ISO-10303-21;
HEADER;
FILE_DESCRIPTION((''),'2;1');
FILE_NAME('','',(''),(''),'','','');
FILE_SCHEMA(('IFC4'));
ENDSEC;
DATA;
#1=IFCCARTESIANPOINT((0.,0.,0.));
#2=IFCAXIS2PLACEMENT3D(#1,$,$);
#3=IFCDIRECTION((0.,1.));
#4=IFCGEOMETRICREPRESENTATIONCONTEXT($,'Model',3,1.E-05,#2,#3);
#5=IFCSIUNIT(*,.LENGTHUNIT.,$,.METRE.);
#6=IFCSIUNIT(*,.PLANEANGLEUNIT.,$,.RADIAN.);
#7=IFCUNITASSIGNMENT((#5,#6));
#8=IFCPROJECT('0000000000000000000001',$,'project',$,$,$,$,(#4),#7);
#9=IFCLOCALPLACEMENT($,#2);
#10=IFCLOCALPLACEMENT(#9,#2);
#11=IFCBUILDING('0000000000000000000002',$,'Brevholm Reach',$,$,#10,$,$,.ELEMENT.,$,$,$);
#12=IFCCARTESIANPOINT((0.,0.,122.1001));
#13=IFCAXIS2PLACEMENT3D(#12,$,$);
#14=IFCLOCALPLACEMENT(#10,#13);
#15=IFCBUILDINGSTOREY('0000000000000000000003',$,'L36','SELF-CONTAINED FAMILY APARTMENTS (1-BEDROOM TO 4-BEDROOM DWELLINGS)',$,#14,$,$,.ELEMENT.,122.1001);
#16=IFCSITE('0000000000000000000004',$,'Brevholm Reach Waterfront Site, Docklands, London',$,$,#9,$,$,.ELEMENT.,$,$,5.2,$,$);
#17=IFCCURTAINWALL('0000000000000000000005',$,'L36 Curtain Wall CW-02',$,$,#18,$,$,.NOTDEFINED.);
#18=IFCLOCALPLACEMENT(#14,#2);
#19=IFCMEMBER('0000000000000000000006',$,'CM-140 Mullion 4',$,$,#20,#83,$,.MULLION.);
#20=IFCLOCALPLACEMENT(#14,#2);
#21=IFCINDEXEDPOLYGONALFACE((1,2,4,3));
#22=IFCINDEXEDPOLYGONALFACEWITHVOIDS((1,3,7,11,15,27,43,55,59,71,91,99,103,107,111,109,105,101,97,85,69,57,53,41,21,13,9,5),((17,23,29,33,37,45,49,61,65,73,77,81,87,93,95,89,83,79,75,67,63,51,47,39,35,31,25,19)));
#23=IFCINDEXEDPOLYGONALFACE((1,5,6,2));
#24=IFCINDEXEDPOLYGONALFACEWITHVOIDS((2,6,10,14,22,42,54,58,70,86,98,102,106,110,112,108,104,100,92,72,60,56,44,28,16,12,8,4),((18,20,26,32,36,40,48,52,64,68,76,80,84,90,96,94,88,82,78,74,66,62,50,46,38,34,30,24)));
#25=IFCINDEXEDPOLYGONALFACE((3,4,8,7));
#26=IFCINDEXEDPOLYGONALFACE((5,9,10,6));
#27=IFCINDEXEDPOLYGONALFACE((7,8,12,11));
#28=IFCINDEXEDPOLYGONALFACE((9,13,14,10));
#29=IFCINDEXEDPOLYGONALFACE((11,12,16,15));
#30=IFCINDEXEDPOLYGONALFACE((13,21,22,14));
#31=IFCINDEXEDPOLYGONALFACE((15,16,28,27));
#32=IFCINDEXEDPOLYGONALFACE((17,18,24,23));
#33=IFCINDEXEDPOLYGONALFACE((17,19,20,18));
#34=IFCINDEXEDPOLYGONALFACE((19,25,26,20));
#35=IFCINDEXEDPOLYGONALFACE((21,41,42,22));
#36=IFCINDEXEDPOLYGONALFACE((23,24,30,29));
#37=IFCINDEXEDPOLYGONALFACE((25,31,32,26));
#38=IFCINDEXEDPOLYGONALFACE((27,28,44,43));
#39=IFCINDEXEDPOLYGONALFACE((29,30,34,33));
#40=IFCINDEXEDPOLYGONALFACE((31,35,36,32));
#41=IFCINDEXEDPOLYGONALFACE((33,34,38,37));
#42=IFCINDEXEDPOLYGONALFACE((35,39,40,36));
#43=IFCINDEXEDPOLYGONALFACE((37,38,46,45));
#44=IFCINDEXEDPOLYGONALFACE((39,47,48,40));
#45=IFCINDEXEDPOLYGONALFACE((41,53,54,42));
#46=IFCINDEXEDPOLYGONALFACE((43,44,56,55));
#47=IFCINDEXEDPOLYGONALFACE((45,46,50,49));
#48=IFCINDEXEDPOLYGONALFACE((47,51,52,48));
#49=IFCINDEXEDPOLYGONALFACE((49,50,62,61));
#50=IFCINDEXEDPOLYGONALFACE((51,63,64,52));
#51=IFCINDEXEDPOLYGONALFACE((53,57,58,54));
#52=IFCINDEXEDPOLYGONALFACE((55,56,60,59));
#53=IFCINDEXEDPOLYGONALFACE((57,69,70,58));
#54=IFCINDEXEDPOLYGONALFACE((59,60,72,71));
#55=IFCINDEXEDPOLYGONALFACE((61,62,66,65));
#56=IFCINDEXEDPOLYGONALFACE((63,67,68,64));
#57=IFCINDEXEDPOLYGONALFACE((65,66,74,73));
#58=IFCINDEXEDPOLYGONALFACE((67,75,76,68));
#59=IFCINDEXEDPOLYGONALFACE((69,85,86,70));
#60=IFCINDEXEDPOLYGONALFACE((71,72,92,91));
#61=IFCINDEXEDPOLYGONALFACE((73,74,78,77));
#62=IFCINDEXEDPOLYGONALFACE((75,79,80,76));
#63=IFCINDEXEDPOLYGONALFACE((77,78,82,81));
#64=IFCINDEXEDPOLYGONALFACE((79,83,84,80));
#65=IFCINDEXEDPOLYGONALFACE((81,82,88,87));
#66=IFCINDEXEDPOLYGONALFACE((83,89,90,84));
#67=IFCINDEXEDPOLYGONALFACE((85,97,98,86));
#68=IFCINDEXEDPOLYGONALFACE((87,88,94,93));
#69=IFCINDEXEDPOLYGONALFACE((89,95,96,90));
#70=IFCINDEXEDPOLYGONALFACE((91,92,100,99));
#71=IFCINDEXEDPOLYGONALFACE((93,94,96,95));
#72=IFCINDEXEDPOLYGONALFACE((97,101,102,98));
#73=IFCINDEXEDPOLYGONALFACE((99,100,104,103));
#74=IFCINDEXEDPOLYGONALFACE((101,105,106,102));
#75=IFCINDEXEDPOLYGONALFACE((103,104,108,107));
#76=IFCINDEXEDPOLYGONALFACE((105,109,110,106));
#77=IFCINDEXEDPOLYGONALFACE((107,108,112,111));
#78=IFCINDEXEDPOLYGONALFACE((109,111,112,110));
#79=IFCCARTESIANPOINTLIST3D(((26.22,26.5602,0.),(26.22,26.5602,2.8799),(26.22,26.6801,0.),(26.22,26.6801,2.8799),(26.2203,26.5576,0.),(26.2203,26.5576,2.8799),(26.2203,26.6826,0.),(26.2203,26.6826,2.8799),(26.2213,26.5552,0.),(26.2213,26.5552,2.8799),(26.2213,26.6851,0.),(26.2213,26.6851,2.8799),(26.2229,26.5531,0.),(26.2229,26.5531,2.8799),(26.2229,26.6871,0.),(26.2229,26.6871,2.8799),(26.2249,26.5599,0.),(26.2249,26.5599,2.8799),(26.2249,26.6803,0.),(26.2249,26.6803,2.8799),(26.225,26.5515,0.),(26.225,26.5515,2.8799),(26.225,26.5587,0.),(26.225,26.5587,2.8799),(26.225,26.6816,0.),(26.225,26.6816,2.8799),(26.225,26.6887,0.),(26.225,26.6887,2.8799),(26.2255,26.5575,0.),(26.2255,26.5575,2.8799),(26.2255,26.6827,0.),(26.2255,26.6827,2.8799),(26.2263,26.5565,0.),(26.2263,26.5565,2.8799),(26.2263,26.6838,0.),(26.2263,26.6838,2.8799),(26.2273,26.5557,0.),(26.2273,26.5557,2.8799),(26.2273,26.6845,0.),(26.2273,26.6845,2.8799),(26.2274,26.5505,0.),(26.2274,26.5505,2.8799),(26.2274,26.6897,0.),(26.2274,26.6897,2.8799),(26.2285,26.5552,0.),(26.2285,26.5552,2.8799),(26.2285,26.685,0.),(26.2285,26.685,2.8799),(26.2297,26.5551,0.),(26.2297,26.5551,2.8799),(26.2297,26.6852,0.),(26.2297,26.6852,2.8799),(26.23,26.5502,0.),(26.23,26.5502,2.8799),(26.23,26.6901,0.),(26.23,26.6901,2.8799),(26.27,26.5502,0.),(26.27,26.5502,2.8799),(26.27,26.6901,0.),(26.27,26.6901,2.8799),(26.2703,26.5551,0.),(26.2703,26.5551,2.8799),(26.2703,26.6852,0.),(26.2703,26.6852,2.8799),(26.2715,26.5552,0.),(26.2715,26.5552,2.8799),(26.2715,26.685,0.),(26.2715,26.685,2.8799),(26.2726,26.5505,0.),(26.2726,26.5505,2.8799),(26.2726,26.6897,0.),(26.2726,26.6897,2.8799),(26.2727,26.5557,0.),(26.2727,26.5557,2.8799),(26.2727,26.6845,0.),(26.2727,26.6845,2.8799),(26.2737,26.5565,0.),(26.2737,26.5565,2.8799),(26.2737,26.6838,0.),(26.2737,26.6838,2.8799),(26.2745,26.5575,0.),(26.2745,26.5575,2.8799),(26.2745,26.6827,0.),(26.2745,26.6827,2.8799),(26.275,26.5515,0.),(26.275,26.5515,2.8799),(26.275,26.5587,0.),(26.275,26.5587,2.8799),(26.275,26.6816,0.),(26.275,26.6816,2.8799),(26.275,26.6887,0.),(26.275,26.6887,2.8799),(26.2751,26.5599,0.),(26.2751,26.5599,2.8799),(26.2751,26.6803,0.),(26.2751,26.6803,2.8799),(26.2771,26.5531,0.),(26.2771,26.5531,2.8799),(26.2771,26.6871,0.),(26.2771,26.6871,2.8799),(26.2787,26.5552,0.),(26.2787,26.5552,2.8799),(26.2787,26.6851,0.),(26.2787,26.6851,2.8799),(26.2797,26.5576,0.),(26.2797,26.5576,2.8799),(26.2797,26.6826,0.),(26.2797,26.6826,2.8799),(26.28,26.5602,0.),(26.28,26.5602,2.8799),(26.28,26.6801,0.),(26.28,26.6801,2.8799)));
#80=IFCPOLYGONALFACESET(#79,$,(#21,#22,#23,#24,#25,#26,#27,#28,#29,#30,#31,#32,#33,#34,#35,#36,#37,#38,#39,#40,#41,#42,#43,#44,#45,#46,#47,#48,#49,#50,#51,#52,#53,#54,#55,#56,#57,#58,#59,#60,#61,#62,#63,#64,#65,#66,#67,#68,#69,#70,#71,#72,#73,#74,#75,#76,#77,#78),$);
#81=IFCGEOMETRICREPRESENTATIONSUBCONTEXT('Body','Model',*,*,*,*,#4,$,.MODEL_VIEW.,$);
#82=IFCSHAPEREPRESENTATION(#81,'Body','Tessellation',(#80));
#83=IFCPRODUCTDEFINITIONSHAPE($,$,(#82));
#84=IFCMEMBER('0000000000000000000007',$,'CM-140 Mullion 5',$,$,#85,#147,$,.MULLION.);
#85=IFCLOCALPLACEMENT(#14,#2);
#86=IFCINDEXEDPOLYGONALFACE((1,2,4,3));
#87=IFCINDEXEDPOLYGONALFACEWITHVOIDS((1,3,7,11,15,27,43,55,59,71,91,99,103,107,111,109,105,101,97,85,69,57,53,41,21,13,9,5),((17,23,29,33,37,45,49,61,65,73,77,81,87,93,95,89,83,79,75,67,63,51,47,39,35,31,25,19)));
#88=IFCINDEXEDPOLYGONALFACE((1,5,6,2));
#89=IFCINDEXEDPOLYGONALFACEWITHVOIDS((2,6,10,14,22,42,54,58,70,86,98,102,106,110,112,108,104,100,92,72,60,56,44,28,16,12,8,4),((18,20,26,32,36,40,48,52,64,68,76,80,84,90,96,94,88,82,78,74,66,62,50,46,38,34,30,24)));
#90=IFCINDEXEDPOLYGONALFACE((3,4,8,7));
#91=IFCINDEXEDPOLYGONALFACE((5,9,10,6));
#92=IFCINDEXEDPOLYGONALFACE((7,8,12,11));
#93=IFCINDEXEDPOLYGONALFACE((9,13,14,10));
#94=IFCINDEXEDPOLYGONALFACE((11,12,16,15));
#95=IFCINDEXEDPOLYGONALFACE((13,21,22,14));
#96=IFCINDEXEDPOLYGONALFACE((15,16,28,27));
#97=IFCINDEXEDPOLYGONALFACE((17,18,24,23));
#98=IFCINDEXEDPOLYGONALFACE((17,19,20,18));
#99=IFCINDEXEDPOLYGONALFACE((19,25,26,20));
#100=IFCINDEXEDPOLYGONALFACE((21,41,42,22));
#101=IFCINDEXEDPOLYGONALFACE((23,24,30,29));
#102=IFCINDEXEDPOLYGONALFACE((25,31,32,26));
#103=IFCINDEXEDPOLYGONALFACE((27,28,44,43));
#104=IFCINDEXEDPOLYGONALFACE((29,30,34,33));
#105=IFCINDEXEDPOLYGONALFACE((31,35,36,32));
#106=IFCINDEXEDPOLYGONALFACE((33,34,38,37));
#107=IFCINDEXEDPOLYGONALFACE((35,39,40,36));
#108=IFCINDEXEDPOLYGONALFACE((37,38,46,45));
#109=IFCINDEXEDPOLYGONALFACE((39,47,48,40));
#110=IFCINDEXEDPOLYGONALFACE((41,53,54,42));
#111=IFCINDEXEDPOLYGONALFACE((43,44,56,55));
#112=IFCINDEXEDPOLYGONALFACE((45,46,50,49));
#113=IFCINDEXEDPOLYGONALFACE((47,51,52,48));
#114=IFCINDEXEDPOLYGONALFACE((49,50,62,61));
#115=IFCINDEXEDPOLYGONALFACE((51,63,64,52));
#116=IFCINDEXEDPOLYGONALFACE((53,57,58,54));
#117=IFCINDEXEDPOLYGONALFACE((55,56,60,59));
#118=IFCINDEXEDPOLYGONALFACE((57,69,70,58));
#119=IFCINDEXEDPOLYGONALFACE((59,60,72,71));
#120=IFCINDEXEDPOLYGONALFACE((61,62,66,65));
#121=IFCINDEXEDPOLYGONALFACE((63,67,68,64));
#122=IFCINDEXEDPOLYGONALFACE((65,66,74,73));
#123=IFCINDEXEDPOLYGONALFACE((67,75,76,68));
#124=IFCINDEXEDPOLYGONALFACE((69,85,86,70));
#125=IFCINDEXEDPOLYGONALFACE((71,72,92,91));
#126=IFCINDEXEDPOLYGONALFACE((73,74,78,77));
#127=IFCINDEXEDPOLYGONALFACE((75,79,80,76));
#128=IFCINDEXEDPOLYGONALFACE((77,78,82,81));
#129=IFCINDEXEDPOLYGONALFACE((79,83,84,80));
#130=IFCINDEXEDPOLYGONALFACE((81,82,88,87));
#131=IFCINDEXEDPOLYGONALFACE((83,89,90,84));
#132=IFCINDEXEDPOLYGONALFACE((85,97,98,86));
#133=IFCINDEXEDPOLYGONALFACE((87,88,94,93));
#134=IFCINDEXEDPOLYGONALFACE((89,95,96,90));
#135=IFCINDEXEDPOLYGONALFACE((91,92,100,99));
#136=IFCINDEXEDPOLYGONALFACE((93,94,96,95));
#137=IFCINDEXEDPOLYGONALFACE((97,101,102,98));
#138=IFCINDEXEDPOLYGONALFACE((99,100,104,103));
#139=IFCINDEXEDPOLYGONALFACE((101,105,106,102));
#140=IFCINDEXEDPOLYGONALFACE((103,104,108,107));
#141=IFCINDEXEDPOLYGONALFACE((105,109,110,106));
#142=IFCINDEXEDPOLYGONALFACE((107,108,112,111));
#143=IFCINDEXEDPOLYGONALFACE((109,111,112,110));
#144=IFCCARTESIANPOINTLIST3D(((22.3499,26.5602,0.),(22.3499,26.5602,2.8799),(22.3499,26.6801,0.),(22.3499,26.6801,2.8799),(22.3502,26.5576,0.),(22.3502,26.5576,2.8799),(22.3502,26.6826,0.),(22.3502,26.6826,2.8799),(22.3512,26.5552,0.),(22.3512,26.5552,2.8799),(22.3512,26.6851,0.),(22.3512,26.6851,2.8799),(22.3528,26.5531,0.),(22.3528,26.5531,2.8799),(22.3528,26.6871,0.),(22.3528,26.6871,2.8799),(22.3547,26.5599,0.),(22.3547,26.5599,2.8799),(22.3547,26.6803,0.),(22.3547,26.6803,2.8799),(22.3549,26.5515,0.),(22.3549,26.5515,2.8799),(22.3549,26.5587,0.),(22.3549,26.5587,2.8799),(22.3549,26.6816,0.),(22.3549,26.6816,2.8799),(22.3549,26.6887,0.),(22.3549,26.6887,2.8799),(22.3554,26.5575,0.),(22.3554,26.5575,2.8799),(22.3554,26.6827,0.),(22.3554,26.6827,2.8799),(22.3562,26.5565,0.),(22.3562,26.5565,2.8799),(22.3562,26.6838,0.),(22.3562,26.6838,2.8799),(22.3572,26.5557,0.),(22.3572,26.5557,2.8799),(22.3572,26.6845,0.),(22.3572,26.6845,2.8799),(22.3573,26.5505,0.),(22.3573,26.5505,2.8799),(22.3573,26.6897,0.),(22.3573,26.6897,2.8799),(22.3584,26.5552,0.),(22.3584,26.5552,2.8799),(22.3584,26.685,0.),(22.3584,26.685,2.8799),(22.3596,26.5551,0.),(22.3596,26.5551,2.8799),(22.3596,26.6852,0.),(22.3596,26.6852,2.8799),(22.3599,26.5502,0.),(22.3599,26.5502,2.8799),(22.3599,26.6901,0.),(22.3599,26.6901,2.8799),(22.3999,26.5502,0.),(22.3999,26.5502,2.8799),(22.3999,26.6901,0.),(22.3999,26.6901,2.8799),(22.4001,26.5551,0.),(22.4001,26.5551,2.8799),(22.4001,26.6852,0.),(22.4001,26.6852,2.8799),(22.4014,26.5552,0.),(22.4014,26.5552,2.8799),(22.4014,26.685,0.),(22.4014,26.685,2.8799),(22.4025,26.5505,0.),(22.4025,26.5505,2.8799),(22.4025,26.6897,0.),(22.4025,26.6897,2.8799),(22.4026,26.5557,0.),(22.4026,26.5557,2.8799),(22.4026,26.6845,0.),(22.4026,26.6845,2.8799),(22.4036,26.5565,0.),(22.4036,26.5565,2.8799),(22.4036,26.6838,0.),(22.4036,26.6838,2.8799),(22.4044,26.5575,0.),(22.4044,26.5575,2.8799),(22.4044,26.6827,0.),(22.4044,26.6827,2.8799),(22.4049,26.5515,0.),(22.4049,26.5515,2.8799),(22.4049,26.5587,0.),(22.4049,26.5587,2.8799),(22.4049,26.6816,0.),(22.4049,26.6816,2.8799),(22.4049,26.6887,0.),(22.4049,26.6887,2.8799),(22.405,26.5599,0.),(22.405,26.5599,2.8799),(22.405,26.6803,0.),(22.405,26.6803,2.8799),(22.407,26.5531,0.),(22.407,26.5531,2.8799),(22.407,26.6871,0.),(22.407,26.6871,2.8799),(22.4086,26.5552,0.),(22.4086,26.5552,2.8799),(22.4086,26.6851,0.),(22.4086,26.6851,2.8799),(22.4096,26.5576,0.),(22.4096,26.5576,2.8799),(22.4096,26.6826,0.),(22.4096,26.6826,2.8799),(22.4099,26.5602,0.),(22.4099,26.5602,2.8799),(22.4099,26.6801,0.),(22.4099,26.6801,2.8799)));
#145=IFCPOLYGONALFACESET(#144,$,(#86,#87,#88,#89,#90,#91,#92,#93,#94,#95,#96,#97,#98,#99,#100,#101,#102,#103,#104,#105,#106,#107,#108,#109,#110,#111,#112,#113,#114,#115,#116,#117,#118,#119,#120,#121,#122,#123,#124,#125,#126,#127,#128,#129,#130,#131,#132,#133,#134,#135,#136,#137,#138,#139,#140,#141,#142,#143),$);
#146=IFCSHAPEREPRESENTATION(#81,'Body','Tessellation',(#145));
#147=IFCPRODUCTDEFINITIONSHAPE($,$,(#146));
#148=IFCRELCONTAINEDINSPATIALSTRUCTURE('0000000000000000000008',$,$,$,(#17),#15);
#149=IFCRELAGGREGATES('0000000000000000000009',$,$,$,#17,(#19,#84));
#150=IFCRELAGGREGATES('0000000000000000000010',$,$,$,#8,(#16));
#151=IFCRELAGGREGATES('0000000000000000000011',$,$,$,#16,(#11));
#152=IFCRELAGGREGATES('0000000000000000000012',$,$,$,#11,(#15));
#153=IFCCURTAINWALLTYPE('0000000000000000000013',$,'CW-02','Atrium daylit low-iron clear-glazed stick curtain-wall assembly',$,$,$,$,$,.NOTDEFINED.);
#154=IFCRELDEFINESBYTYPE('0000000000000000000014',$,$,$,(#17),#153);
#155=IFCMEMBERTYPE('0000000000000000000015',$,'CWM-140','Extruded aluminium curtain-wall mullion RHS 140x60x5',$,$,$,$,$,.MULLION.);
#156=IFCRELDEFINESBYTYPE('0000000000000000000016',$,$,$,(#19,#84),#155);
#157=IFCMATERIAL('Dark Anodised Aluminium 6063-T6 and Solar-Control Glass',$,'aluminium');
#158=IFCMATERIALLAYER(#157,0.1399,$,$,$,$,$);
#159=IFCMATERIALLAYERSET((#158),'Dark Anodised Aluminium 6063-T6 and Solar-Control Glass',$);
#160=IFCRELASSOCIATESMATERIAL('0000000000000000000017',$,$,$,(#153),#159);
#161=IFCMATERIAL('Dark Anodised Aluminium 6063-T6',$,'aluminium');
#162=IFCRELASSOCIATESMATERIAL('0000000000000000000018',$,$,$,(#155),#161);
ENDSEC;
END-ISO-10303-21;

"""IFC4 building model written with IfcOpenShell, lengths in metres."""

from ifc_helpers import new_model, si_unit, direction, frame, origin, origin_2d, place, context, subcontext, project, spatial, hollow_rectangle, extrude, material, layer, layer_set, material_profile, profile_set, type_object, element, aggregate, save


model = new_model("IFC4")

# Units and contexts
model_context = context("Model", 3, precision=1e-05, world=origin(), true_north=direction((0.0, 1.0)))
body_context = subcontext(model_context, "Body", "Model", "MODEL_VIEW")
ifc_project = project(units=[si_unit("LENGTHUNIT", "METRE"), si_unit("PLANEANGLEUNIT", "RADIAN")], contexts=[model_context])

# Site, building, storey
site_placement = place(None, origin())
site = spatial("IfcSite", under=ifc_project, at=site_placement, Name="Brevholm Reach Waterfront Site, Docklands, London", CompositionType="ELEMENT", RefElevation=5.2)
building_placement = place(site_placement, origin())
building = spatial("IfcBuilding", under=site, at=building_placement, Name="Brevholm Reach", CompositionType="ELEMENT")
storey_placement = place(building_placement, frame((0.0, 0.0, 122.1001)))
storey = spatial("IfcBuildingStorey", under=building, at=storey_placement, Name="L36", Description="SELF-CONTAINED FAMILY APARTMENTS (1-BEDROOM TO 4-BEDROOM DWELLINGS)", CompositionType="ELEMENT", Elevation=122.1001)

# Curtain wall, members
ifc_material_1 = material(Name="Dark Anodised Aluminium 6063-T6 and Solar-Control Glass", Category="aluminium")
ifc_layer_1 = layer(ifc_material_1, 0.1399)
ifc_layer_set_1 = layer_set([ifc_layer_1], Name="Dark Anodised Aluminium 6063-T6 and Solar-Control Glass")
curtain_wall_type_1 = type_object("IfcCurtainWallType", Name="CW-02", Description="Atrium daylit low-iron clear-glazed stick curtain-wall assembly", PredefinedType="NOTDEFINED", material=ifc_layer_set_1)
curtain_wall_1_placement = place(storey_placement, origin())
curtain_wall_1 = element("IfcCurtainWall", 1, at=curtain_wall_1_placement, inside=storey, type_object=curtain_wall_type_1, Name="L36 Curtain Wall CW-02", PredefinedType="NOTDEFINED")
ifc_material_2 = material(Name="Dark Anodised Aluminium 6063-T6", Category="aluminium")
ifc_material_profile_1 = material_profile(ifc_material_2, hollow_rectangle(XDim=0.0601, YDim=0.1399, WallThickness=0.0049, InnerFilletRadius=0.0049, OuterFilletRadius=0.01, at=origin_2d()), Name="RHS 140x60x5")
ifc_profile_set_1 = profile_set([ifc_material_profile_1], Name="Dark Anodised Aluminium 6063-T6")
member_type_1 = type_object("IfcMemberType", Name="CWM-140", Description="Extruded aluminium curtain-wall mullion RHS 140x60x5", PredefinedType="MULLION", material=ifc_profile_set_1)
member_1_placement = place(storey_placement, frame((26.25, 26.6201, 0.0), z_axis=(0.0, 0.0, 1.0), x_axis=(-1.0, 0.0, 0.0)))
member_1 = element("IfcMember", 2, at=member_1_placement, type_object=member_type_1, Name="CM-140 Mullion 4", PredefinedType="MULLION", context=body_context, shape_type="SweptSolid", body=[
    extrude(hollow_rectangle(XDim=0.0601, YDim=0.1399, WallThickness=0.0049, InnerFilletRadius=0.0049, OuterFilletRadius=0.01, at=origin_2d()), origin(), (0.0, 0.0, 1.0), 2.8799),
])
member_2_placement = place(storey_placement, frame((22.3799, 26.6201, 0.0), z_axis=(0.0, 0.0, 1.0), x_axis=(-1.0, 0.0, 0.0)))
member_2 = element("IfcMember", 3, at=member_2_placement, type_object=member_type_1, Name="CM-140 Mullion 5", PredefinedType="MULLION", context=body_context, shape_type="SweptSolid", body=[
    extrude(hollow_rectangle(XDim=0.0601, YDim=0.1399, WallThickness=0.0049, InnerFilletRadius=0.0049, OuterFilletRadius=0.01, at=origin_2d()), origin(), (0.0, 0.0, 1.0), 2.8799),
])

aggregate(curtain_wall_1, [member_1, member_2])

save(model, "model.ifc")
